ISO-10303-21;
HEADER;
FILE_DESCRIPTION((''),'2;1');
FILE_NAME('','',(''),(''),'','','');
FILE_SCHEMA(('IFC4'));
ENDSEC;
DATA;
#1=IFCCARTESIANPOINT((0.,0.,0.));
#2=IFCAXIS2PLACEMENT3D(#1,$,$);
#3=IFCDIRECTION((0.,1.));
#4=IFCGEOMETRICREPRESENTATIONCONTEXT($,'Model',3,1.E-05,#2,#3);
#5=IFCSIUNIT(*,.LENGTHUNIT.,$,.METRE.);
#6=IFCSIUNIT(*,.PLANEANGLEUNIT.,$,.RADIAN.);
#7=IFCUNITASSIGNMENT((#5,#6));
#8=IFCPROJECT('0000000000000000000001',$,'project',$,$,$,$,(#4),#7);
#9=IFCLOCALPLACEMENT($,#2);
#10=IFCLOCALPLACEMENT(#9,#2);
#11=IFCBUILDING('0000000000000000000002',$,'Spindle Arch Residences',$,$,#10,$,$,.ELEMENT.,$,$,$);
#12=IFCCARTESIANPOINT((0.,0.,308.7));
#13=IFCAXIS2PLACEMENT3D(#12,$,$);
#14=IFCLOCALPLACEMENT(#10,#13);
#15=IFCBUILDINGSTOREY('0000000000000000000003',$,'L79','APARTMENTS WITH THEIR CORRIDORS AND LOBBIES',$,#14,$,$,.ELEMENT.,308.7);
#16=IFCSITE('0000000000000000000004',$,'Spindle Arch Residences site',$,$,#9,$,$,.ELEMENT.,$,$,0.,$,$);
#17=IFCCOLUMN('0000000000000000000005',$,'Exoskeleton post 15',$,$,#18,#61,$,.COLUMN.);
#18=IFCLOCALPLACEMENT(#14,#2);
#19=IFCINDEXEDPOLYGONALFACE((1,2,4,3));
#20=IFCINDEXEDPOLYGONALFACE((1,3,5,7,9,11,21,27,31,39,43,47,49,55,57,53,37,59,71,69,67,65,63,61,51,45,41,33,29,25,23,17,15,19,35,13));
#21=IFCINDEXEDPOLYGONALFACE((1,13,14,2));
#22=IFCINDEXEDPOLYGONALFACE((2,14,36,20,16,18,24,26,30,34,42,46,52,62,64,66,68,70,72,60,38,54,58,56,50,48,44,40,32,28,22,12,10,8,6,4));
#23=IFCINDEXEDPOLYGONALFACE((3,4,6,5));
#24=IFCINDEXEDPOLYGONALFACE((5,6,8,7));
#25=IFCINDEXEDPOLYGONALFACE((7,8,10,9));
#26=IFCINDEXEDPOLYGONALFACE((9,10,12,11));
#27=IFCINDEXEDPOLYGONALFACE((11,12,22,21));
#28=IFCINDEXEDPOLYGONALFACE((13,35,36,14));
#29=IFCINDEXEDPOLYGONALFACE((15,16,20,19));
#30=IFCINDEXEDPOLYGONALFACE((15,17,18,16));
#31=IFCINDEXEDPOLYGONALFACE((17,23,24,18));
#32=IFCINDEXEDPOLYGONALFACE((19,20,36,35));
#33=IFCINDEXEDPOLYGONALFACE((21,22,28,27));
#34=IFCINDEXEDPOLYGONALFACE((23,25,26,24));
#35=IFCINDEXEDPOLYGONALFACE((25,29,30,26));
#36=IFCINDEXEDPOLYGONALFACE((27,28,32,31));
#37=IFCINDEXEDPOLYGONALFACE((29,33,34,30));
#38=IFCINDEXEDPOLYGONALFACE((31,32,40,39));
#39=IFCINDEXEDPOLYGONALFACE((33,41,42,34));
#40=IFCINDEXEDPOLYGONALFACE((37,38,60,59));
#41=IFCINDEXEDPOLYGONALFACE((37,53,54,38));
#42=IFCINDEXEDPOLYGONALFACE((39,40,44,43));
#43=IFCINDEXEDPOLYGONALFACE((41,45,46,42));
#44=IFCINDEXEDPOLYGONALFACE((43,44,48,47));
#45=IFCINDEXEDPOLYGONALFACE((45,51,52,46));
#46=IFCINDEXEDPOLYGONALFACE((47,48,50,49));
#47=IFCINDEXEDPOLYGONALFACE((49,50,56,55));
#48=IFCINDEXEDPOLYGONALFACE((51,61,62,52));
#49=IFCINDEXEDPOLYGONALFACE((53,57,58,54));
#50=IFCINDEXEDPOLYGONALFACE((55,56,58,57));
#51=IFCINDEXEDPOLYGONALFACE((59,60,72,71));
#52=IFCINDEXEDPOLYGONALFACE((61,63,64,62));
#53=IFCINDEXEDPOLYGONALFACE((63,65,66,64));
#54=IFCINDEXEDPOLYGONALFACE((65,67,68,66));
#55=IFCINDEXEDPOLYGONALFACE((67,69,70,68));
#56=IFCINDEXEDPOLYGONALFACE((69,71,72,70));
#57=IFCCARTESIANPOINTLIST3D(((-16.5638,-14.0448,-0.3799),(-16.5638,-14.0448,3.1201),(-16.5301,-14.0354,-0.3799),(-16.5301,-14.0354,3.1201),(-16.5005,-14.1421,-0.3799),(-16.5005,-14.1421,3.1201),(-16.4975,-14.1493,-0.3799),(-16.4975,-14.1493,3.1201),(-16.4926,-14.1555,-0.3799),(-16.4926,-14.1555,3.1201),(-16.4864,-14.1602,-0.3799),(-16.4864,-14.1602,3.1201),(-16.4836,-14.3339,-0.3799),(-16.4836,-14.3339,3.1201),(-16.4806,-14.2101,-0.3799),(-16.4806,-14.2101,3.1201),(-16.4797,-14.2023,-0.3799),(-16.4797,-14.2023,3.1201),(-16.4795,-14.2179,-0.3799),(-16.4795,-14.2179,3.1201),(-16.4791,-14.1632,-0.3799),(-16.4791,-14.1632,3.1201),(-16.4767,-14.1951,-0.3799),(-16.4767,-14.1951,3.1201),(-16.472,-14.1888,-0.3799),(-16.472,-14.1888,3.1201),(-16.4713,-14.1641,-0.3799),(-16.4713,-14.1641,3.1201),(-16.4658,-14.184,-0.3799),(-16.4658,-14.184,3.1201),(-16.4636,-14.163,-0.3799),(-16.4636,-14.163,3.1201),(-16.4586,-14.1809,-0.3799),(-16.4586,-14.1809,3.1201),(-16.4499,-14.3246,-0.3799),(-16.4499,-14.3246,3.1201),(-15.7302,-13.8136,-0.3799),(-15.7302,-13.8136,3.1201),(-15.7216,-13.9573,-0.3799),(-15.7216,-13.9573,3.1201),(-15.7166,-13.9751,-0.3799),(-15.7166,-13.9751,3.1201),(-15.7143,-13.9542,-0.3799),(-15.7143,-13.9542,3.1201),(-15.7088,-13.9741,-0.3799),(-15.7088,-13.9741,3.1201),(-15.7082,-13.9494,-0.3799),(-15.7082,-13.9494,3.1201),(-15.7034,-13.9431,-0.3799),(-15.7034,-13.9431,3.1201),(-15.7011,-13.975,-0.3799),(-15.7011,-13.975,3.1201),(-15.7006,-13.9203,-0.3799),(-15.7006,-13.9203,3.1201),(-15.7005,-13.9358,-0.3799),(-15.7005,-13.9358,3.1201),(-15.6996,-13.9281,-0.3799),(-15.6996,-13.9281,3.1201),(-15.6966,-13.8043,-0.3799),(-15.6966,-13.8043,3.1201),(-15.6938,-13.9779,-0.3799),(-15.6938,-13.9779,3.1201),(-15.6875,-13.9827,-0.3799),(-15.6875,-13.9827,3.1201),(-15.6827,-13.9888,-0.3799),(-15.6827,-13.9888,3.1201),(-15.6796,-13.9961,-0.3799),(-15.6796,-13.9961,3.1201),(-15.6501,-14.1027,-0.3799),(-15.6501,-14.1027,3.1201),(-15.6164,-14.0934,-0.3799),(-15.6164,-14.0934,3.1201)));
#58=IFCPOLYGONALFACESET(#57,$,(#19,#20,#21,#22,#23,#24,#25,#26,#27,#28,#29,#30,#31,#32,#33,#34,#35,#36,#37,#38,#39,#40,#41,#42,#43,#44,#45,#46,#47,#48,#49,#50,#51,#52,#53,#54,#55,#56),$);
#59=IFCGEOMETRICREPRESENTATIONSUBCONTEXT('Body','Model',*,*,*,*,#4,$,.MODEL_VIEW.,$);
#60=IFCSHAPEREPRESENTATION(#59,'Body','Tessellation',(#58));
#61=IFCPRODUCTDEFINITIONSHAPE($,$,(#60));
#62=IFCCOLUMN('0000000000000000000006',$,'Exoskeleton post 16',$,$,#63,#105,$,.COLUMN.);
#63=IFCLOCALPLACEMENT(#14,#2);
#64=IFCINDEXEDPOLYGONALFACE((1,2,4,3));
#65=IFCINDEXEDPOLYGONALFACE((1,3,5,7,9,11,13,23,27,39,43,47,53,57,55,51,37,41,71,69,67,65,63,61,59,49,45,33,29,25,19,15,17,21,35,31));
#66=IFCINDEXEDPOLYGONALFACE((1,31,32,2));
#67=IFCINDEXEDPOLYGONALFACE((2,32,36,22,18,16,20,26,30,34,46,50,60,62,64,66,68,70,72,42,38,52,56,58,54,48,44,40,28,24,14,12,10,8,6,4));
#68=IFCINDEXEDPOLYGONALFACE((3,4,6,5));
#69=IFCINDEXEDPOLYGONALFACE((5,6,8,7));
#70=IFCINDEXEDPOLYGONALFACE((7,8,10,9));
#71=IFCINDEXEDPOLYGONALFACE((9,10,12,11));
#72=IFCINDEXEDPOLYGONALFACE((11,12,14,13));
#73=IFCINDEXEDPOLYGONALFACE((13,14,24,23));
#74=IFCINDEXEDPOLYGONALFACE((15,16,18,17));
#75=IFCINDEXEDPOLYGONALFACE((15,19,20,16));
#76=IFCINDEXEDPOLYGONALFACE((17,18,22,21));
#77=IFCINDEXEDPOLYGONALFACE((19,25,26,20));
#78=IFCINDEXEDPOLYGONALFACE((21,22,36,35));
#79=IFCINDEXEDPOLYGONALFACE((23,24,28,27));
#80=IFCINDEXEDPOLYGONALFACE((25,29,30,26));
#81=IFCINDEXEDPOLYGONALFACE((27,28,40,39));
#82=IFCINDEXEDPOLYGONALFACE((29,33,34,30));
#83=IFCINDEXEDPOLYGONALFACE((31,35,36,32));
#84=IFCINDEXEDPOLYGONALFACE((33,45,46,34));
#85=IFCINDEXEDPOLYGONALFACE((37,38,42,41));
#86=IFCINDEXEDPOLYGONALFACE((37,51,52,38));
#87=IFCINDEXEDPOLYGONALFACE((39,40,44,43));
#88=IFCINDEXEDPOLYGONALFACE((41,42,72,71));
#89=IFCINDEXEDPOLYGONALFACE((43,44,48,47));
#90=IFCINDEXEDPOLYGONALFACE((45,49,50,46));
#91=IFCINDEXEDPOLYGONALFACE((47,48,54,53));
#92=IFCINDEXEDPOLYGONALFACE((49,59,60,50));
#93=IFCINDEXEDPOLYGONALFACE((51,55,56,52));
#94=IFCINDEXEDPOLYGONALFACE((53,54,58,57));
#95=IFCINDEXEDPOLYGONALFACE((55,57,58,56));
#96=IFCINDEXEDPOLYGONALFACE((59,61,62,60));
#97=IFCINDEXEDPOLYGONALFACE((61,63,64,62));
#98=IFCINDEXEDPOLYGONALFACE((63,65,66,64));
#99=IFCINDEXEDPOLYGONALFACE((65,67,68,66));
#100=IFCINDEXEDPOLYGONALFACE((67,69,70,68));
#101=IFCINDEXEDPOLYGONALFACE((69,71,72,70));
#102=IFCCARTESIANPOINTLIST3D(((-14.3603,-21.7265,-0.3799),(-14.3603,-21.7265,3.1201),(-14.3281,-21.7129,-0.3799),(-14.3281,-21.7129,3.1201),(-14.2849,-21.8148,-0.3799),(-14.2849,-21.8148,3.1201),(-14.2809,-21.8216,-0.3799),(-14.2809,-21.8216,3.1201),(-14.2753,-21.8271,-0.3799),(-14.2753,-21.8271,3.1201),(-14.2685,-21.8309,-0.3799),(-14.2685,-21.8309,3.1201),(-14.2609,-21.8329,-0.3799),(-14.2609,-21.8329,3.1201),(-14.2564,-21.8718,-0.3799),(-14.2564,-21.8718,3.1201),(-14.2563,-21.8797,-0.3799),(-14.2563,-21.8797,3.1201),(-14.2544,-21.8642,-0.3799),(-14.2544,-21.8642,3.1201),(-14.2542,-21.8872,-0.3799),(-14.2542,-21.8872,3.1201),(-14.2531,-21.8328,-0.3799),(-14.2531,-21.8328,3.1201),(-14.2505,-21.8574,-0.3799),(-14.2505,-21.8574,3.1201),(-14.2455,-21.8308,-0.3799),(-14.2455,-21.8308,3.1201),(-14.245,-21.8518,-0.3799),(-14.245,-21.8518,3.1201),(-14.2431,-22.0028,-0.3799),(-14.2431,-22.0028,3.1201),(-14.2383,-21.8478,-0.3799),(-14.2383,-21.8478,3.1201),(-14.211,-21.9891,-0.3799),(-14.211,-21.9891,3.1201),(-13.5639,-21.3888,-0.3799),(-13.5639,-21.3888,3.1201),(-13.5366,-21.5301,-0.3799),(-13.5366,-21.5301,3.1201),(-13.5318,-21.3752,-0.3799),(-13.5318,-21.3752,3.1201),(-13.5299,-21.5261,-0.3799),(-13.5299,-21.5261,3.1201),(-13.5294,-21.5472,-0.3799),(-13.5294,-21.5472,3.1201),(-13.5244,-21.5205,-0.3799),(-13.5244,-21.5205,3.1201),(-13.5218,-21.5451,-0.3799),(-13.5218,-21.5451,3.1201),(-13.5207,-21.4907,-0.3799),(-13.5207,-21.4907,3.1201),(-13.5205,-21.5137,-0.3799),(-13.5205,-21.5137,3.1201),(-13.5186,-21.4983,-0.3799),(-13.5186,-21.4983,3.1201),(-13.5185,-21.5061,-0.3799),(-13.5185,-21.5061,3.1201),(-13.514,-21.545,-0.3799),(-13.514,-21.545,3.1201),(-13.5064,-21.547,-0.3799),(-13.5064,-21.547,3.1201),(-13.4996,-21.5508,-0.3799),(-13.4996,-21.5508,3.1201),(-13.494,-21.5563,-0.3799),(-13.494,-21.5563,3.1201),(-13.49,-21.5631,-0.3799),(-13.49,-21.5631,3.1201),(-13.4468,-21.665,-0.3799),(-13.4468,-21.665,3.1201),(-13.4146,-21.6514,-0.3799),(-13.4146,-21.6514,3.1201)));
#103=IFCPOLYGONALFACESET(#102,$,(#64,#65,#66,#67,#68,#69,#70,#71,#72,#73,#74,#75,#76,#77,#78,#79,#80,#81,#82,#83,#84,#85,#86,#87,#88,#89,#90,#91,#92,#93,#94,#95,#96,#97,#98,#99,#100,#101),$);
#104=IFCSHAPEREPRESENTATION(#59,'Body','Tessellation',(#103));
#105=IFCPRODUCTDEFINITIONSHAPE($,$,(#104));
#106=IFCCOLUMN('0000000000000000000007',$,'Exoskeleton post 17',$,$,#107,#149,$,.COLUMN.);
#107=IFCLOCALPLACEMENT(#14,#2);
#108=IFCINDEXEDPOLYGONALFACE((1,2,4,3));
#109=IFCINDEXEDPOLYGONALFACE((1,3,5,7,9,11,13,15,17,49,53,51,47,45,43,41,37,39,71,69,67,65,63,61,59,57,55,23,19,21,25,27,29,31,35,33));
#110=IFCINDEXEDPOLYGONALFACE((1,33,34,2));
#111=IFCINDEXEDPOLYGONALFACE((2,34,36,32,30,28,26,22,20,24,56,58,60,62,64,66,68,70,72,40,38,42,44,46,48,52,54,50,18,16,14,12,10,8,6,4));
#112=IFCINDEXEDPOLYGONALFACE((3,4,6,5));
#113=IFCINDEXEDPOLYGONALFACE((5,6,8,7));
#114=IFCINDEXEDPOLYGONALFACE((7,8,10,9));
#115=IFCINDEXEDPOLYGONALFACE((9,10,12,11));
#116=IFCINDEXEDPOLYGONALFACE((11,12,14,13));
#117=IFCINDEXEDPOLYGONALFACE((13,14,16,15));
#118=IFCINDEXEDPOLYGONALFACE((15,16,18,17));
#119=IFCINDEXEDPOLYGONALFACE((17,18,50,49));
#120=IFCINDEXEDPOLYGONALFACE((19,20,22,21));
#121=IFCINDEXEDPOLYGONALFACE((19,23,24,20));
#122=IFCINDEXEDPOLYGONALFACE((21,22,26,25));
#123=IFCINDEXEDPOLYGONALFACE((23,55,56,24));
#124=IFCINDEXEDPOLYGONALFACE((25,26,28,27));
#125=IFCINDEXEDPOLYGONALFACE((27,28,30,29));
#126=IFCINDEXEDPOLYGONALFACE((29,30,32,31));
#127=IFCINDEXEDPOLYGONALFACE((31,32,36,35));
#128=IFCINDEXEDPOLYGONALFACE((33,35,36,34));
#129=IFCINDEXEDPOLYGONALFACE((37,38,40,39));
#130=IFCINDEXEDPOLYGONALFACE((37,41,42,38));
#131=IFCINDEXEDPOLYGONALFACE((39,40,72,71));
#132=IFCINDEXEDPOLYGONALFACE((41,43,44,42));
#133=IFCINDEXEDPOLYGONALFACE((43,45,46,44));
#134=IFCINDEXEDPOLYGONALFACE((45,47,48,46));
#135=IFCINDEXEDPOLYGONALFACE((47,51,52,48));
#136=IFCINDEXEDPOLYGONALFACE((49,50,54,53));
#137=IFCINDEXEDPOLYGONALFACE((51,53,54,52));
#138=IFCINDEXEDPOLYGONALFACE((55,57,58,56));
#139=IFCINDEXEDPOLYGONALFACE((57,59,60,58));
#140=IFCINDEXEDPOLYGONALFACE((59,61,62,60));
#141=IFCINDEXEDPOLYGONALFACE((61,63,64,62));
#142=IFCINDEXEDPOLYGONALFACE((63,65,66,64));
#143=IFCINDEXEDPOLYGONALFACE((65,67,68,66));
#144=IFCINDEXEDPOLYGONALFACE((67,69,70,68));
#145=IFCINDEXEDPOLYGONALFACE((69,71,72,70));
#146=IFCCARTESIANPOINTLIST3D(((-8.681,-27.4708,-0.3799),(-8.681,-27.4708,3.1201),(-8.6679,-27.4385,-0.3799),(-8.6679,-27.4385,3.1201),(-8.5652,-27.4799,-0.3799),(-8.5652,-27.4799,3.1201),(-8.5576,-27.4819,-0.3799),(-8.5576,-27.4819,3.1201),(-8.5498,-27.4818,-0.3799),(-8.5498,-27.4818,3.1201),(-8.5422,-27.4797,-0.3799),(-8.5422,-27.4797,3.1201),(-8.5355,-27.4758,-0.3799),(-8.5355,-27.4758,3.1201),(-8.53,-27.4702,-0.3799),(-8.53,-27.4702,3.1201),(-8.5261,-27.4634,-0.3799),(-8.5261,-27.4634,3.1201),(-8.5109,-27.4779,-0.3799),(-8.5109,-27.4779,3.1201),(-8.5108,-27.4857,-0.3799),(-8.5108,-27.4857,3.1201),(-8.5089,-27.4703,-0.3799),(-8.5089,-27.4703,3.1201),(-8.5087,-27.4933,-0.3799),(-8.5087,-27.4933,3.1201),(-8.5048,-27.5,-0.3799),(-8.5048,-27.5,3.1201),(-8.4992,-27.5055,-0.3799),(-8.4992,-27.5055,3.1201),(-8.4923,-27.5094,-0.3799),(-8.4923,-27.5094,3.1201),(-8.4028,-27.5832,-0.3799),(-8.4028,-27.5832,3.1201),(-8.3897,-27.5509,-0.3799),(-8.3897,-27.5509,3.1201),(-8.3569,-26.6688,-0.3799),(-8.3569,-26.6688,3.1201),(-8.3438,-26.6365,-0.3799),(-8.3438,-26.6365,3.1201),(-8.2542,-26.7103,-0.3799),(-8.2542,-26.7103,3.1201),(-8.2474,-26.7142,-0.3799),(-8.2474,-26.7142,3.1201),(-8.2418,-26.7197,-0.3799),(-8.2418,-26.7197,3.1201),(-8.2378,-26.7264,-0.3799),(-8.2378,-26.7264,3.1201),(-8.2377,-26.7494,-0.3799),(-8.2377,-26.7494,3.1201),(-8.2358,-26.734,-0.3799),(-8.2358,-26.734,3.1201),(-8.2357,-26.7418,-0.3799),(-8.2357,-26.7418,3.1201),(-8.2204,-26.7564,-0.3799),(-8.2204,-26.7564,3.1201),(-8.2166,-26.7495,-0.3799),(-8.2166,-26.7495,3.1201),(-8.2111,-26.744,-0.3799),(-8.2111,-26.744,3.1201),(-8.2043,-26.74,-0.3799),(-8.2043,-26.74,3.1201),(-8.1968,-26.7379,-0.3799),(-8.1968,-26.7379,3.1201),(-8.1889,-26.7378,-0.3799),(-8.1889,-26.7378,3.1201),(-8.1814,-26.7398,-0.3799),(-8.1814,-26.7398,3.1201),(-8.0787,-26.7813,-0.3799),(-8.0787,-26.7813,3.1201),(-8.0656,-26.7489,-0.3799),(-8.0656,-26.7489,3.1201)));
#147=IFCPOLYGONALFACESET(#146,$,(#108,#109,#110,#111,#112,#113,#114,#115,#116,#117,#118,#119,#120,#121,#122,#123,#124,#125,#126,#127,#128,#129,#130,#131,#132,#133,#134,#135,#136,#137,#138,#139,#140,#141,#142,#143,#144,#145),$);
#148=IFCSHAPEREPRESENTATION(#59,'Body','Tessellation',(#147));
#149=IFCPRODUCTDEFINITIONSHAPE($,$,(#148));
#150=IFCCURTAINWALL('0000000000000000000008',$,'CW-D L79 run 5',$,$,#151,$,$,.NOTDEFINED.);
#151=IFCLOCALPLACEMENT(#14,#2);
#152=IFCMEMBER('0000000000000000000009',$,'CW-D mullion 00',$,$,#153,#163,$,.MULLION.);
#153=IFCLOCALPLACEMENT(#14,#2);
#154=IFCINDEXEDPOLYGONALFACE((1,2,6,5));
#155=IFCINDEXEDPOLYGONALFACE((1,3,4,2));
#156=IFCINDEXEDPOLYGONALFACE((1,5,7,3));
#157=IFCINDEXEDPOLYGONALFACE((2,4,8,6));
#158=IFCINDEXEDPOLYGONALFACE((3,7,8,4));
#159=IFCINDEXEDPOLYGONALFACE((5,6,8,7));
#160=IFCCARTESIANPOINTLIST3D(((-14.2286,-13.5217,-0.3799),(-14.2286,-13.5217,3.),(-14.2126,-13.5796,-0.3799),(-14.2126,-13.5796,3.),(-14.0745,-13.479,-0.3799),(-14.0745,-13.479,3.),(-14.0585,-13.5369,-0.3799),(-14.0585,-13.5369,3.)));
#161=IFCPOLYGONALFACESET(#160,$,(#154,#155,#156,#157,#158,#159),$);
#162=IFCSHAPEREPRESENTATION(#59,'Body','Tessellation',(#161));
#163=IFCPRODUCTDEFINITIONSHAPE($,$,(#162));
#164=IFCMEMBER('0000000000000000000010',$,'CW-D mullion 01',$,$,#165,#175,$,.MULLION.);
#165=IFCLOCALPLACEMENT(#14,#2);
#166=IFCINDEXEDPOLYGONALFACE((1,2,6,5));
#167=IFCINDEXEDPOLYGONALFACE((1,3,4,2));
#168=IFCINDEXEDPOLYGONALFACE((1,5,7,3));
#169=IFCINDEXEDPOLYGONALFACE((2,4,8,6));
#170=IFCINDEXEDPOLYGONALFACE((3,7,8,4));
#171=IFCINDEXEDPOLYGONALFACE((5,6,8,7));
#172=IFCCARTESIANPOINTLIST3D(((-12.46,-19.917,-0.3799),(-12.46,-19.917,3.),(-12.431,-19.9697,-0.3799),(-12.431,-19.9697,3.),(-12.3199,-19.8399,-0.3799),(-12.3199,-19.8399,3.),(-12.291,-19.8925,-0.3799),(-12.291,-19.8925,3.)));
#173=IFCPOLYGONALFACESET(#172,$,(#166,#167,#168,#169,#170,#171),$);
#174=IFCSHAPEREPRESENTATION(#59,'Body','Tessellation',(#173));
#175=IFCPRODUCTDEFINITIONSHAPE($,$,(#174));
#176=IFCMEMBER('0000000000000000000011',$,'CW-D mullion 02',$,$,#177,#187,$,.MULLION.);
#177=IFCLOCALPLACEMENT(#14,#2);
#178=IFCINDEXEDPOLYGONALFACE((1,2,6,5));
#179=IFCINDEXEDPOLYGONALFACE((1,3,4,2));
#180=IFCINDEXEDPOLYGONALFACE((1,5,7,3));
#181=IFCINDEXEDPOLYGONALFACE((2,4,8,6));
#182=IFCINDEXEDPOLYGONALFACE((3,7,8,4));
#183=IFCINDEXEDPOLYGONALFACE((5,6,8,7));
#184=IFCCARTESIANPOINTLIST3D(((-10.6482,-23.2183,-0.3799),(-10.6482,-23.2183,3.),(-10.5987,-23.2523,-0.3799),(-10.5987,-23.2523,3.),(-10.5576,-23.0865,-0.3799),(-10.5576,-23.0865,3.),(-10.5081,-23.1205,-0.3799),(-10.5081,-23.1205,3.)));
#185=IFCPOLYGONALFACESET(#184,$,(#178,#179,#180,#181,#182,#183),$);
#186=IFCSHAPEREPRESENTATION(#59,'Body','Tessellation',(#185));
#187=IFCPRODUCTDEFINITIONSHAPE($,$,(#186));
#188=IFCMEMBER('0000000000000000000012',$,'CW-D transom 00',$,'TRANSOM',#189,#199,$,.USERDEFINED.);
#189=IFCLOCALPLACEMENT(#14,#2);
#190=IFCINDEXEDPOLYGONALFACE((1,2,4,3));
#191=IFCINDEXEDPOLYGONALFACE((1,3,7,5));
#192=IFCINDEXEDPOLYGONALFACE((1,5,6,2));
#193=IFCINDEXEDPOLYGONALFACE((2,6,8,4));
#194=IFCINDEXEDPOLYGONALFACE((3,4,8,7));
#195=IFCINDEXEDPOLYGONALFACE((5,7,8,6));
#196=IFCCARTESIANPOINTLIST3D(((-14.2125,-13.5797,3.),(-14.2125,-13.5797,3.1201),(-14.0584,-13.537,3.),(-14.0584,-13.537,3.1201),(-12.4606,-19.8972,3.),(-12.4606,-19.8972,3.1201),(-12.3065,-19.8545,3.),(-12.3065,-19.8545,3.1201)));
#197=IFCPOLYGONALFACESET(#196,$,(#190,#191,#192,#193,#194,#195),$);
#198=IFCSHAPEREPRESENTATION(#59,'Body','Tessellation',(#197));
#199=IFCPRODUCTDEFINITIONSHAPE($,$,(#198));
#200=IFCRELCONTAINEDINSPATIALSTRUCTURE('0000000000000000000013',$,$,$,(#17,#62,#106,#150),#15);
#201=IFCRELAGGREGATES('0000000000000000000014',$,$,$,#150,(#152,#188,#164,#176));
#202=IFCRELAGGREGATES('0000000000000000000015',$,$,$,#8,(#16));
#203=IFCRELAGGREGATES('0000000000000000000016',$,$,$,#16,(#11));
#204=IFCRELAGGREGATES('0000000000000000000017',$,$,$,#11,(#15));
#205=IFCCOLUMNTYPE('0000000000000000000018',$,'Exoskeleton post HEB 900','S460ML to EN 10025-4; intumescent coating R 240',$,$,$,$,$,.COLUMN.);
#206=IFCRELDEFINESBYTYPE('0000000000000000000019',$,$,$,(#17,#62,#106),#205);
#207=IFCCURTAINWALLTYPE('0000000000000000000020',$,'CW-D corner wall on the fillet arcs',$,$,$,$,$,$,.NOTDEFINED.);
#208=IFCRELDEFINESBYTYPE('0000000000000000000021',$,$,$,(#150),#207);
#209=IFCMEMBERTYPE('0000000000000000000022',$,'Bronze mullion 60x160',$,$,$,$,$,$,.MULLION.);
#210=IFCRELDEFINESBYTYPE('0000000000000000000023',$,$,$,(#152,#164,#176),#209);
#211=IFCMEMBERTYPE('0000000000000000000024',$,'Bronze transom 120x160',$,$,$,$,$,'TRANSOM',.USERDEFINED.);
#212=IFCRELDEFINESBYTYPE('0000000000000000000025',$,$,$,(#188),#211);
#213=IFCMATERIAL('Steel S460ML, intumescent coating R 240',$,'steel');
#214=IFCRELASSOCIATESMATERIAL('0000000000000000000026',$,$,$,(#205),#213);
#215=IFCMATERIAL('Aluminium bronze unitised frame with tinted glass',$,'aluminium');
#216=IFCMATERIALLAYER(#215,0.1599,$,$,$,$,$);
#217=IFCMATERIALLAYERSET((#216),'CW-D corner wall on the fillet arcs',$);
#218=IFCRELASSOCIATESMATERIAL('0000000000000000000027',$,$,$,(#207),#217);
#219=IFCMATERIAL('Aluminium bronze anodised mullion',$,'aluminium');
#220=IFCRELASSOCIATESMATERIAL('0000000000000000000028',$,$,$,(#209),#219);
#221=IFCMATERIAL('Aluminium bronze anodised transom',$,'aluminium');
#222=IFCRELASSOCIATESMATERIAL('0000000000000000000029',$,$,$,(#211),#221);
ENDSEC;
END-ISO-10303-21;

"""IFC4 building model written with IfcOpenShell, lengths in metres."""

from ifc_helpers import new_model, si_unit, direction, frame, origin, origin_2d, place, context, subcontext, project, spatial, rectangle, i_section, extrude, material, layer, layer_set, material_profile, profile_set, type_object, element, aggregate, save


model = new_model("IFC4")

# Units and contexts
model_context = context("Model", 3, precision=1e-05, world=origin(), true_north=direction((0.0, 1.0)))
body_context = subcontext(model_context, "Body", "Model", "MODEL_VIEW")
ifc_project = project(units=[si_unit("LENGTHUNIT", "METRE"), si_unit("PLANEANGLEUNIT", "RADIAN")], contexts=[model_context])

# Site, building, storey
site_placement = place(None, origin())
site = spatial("IfcSite", under=ifc_project, at=site_placement, Name="Spindle Arch Residences site", CompositionType="ELEMENT", RefElevation=0.0)
building_placement = place(site_placement, origin())
building = spatial("IfcBuilding", under=site, at=building_placement, Name="Spindle Arch Residences", CompositionType="ELEMENT")
storey_placement = place(building_placement, frame((0.0, 0.0, 308.7)))
storey = spatial("IfcBuildingStorey", under=building, at=storey_placement, Name="L79", Description="APARTMENTS WITH THEIR CORRIDORS AND LOBBIES", CompositionType="ELEMENT", Elevation=308.7)

# Columns
ifc_material_1 = material(Name="Steel S460ML, intumescent coating R 240", Category="steel")
ifc_material_profile_1 = material_profile(ifc_material_1, i_section(OverallWidth=0.3, OverallDepth=0.8999, WebThickness=0.0186, FlangeThickness=0.0349, FilletRadius=0.03, at=origin_2d()), Name="HEB 900")
ifc_profile_set_1 = profile_set([ifc_material_profile_1], Name="Steel S460ML, intumescent coating R 240")
column_type = type_object("IfcColumnType", Name="Exoskeleton post HEB 900", Description="S460ML to EN 10025-4; intumescent coating R 240", PredefinedType="COLUMN", material=ifc_profile_set_1)
for number, where, z_axis, x_axis, name in (
    (1, (-16.0901, -14.0691, -0.3799), (0.0, 0.0, 1.0), (-0.267238, 0.963631, 0.0), "Exoskeleton post 15"),
    (2, (-13.8875, -21.689, -0.3799), (0.0, 0.0, 1.0), (-0.390458, 0.920621, 0.0), "Exoskeleton post 16"),
    (3, (-8.3733, -27.1099, -0.3799), (0.0, 0.0, 1.0), (-0.927168, 0.374646, 0.0), "Exoskeleton post 17"),
):
    element("IfcColumn", number, at=place(storey_placement, frame(where, z_axis=z_axis, x_axis=x_axis)), inside=storey, type_object=column_type, Name=name, PredefinedType="COLUMN", context=body_context, shape_type="SweptSolid", body=[
        extrude(i_section(OverallWidth=0.3, OverallDepth=0.8999, WebThickness=0.0186, FlangeThickness=0.0349, FilletRadius=0.03, at=origin_2d()), origin(), (0.0, 0.0, 1.0), 3.5),
    ])

# Curtain wall, members
ifc_material_2 = material(Name="Aluminium bronze unitised frame with tinted glass", Category="aluminium")
ifc_layer_1 = layer(ifc_material_2, 0.1599)
ifc_layer_set_1 = layer_set([ifc_layer_1], Name="CW-D corner wall on the fillet arcs")
curtain_wall_type = type_object("IfcCurtainWallType", Name="CW-D corner wall on the fillet arcs", PredefinedType="NOTDEFINED", material=ifc_layer_set_1)
curtain_wall_placement = place(storey_placement, origin())
curtain_wall = element("IfcCurtainWall", 4, at=curtain_wall_placement, inside=storey, type_object=curtain_wall_type, Name="CW-D L79 run 5", PredefinedType="NOTDEFINED")
ifc_material_3 = material(Name="Aluminium bronze anodised mullion", Category="aluminium")
ifc_material_profile_2 = material_profile(ifc_material_3, rectangle(XDim=0.1599, YDim=0.0601, at=origin_2d()), Name="MU 60x160")
ifc_profile_set_2 = profile_set([ifc_material_profile_2], Name="Aluminium bronze anodised mullion")
member_type_1 = type_object("IfcMemberType", Name="Bronze mullion 60x160", PredefinedType="MULLION", material=ifc_profile_set_2)
member_1_placement = place(storey_placement, frame((-14.1436, -13.5293, -0.3799), z_axis=(0.0, 0.0, 1.0), x_axis=(0.96363, 0.267238, 0.0)))
member_1 = element("IfcMember", 5, at=member_1_placement, type_object=member_type_1, Name="CW-D mullion 00", PredefinedType="MULLION", context=body_context, shape_type="SweptSolid", body=[
    extrude(rectangle(XDim=0.1599, YDim=0.0601, at=origin_2d()), origin(), (0.0, 0.0, 1.0), 3.3799),
])
member_2_placement = place(storey_placement, frame((-12.3755, -19.9048, -0.3799), z_axis=(0.0, 0.0, 1.0), x_axis=(0.876026, 0.482263, 0.0)))
member_2 = element("IfcMember", 6, at=member_2_placement, type_object=member_type_1, Name="CW-D mullion 01", PredefinedType="MULLION", context=body_context, shape_type="SweptSolid", body=[
    extrude(rectangle(XDim=0.1599, YDim=0.0601, at=origin_2d()), origin(), (0.0, 0.0, 1.0), 3.3799),
])
member_3_placement = place(storey_placement, frame((-10.5781, -23.1694, -0.3799), z_axis=(0.0, 0.0, 1.0), x_axis=(0.566406, 0.824126, 0.0)))
member_3 = element("IfcMember", 7, at=member_3_placement, type_object=member_type_1, Name="CW-D mullion 02", PredefinedType="MULLION", context=body_context, shape_type="SweptSolid", body=[
    extrude(rectangle(XDim=0.1599, YDim=0.0601, at=origin_2d()), origin(), (0.0, 0.0, 1.0), 3.3799),
])
ifc_material_4 = material(Name="Aluminium bronze anodised transom", Category="aluminium")
ifc_material_profile_3 = material_profile(ifc_material_4, rectangle(XDim=0.1599, YDim=0.1201, at=origin_2d()), Name="TR 120x160")
ifc_profile_set_3 = profile_set([ifc_material_profile_3], Name="Aluminium bronze anodised transom")
member_type_2 = type_object("IfcMemberType", Name="Bronze transom 120x160", ElementType="TRANSOM", PredefinedType="USERDEFINED", material=ifc_profile_set_3)
member_4_placement = place(storey_placement, frame((-14.1355, -13.5583, 3.0601), z_axis=(0.267237, -0.963631, 0.0), x_axis=(0.963631, 0.267237, 0.0)))
member_4 = element("IfcMember", 8, at=member_4_placement, type_object=member_type_2, Name="CW-D transom 00", ObjectType="TRANSOM", PredefinedType="USERDEFINED", context=body_context, shape_type="SweptSolid", body=[
    extrude(rectangle(XDim=0.1599, YDim=0.1201, at=origin_2d()), origin(), (0.0, 0.0, 1.0), 6.5559),
])

aggregate(curtain_wall, [member_1, member_4, member_2, member_3])

save(model, "model.ifc")
